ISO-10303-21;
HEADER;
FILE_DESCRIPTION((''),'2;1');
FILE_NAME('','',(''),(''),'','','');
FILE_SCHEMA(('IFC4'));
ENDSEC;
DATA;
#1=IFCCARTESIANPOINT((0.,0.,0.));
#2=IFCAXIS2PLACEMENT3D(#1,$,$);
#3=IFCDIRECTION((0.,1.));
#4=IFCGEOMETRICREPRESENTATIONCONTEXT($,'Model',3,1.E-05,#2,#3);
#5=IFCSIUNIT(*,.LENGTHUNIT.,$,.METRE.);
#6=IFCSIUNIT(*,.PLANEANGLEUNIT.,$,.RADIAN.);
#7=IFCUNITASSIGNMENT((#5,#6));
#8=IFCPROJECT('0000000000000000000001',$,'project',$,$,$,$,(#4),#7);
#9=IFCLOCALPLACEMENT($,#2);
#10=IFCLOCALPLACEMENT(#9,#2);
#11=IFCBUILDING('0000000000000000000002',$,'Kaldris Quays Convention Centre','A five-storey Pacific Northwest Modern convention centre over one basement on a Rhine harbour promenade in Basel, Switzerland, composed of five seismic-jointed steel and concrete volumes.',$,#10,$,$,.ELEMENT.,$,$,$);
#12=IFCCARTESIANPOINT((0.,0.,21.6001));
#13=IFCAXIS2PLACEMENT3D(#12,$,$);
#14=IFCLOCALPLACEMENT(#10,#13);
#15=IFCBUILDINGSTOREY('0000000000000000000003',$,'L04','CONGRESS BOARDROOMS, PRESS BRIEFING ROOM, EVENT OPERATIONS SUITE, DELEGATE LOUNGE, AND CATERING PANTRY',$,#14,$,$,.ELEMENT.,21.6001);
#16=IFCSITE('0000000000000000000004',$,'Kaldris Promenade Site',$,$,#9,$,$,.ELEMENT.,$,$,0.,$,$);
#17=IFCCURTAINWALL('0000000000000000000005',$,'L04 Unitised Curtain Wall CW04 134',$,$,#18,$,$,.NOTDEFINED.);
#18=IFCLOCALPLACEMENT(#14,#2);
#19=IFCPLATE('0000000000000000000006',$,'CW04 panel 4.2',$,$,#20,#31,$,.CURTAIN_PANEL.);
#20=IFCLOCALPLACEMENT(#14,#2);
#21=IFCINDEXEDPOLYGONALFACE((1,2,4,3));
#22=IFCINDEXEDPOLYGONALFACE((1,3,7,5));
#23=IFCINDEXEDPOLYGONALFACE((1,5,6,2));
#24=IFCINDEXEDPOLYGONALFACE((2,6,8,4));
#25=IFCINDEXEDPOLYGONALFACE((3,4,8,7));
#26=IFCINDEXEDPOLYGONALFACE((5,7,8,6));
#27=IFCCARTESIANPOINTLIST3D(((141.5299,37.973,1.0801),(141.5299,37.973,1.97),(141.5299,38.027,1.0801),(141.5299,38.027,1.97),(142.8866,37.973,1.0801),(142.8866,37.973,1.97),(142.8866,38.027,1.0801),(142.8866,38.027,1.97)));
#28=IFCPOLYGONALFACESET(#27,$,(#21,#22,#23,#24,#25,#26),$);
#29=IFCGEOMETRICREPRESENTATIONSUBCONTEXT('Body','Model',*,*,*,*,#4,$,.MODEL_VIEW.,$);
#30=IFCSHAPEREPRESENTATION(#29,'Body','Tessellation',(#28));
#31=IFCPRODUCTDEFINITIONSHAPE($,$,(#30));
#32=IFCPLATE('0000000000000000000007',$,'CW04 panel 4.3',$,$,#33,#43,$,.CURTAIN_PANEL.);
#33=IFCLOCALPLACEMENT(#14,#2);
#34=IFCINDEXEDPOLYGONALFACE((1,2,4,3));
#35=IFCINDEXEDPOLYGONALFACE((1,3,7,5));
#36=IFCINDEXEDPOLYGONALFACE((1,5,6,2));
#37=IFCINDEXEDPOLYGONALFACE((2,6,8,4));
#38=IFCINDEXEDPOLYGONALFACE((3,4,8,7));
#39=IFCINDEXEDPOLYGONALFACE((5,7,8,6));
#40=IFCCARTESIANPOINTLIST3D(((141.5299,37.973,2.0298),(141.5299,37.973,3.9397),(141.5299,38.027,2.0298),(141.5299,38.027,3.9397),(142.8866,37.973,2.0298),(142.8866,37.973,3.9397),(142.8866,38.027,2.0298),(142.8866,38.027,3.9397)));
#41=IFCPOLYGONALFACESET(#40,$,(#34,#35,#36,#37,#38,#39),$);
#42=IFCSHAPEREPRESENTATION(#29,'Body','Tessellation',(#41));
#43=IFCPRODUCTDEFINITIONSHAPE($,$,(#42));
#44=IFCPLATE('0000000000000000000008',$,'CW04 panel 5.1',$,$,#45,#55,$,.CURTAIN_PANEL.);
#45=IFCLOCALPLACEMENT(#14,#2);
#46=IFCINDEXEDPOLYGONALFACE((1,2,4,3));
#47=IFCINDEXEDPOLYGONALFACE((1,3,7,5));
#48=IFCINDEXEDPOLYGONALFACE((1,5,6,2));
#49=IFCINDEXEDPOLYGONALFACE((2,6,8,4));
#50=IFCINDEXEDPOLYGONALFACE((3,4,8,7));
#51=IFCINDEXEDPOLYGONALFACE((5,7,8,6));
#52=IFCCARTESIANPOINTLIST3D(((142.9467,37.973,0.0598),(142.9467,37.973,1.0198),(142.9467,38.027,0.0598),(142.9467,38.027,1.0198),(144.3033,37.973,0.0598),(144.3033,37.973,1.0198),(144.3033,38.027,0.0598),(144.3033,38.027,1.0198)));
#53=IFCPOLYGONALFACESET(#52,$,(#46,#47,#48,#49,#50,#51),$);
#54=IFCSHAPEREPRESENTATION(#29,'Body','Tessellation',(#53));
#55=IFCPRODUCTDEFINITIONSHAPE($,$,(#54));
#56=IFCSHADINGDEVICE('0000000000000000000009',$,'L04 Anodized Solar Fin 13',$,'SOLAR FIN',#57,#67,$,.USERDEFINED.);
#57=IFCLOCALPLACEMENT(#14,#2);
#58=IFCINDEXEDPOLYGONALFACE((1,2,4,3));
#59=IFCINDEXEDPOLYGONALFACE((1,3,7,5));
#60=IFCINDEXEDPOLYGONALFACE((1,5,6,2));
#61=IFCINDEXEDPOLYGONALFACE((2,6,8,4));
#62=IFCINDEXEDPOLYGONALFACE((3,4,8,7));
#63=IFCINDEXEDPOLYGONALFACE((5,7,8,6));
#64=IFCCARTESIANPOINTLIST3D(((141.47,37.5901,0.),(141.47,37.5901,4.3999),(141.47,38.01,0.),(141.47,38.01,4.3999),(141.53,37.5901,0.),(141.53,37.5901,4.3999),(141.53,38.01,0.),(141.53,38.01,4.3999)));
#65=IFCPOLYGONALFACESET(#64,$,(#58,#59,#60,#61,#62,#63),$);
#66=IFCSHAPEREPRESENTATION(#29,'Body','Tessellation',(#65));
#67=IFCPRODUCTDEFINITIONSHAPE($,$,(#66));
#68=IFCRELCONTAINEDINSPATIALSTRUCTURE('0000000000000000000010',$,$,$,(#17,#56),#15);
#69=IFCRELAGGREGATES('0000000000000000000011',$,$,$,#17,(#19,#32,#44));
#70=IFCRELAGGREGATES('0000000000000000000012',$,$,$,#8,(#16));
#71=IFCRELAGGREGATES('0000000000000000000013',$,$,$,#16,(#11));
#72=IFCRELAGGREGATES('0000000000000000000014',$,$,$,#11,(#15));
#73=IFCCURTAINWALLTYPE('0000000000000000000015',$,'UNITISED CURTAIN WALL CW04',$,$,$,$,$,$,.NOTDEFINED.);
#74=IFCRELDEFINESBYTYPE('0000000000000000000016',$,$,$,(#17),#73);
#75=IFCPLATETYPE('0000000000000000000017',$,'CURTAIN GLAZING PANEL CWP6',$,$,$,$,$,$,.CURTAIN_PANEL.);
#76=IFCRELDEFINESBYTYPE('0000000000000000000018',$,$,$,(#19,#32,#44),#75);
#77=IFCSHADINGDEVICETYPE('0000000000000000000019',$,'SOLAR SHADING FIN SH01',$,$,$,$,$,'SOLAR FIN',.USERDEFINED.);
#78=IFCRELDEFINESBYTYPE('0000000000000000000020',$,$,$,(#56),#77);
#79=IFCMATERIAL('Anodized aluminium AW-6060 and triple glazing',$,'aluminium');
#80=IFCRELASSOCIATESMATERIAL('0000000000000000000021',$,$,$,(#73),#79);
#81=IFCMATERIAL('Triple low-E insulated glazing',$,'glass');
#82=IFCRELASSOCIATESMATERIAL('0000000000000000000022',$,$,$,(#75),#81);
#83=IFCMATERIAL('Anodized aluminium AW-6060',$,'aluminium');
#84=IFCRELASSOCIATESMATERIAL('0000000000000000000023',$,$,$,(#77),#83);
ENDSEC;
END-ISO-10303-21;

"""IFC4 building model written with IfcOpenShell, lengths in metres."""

from ifc_helpers import new_model, si_unit, direction, frame, origin, origin_2d, place, context, subcontext, project, spatial, rectangle, extrude, material, type_object, element, aggregate, save


model = new_model("IFC4")

# Units and contexts
model_context = context("Model", 3, precision=1e-05, world=origin(), true_north=direction((0.0, 1.0)))
body_context = subcontext(model_context, "Body", "Model", "MODEL_VIEW")
ifc_project = project(units=[si_unit("LENGTHUNIT", "METRE"), si_unit("PLANEANGLEUNIT", "RADIAN")], contexts=[model_context])

# Site, building, storey
site_placement = place(None, origin())
site = spatial("IfcSite", under=ifc_project, at=site_placement, Name="Kaldris Promenade Site", CompositionType="ELEMENT", RefElevation=0.0)
building_placement = place(site_placement, origin())
building = spatial("IfcBuilding", under=site, at=building_placement, Name="Kaldris Quays Convention Centre", Description="A five-storey Pacific Northwest Modern convention centre over one basement on a Rhine harbour promenade in Basel, Switzerland, composed of five seismic-jointed steel and concrete volumes.", CompositionType="ELEMENT")
storey_placement = place(building_placement, frame((0.0, 0.0, 21.6001)))
storey = spatial("IfcBuildingStorey", under=building, at=storey_placement, Name="L04", Description="CONGRESS BOARDROOMS, PRESS BRIEFING ROOM, EVENT OPERATIONS SUITE, DELEGATE LOUNGE, AND CATERING PANTRY", CompositionType="ELEMENT", Elevation=21.6001)

# Curtain wall, plates
ifc_material_1 = material(Name="Anodized aluminium AW-6060 and triple glazing", Category="aluminium")
curtain_wall_type = type_object("IfcCurtainWallType", Name="UNITISED CURTAIN WALL CW04", PredefinedType="NOTDEFINED", material=ifc_material_1)
curtain_wall_placement = place(storey_placement, origin())
curtain_wall = element("IfcCurtainWall", 1, at=curtain_wall_placement, inside=storey, type_object=curtain_wall_type, Name="L04 Unitised Curtain Wall CW04 134", PredefinedType="NOTDEFINED")
ifc_material_2 = material(Name="Anodized aluminium AW-6060", Category="aluminium")
ifc_material_3 = material(Name="Triple low-E insulated glazing", Category="glass")
plate_type = type_object("IfcPlateType", Name="CURTAIN GLAZING PANEL CWP6", PredefinedType="CURTAIN_PANEL", material=ifc_material_3)
plate_1_placement = place(storey_placement, frame((142.2083, 38.0, 1.0801), z_axis=(0.0, 0.0, 1.0), x_axis=(1.0, 0.0, 0.0)))
plate_1 = element("IfcPlate", 2, at=plate_1_placement, type_object=plate_type, Name="CW04 panel 4.2", PredefinedType="CURTAIN_PANEL", context=body_context, shape_type="SweptSolid", body=[
    extrude(rectangle(XDim=1.3567, YDim=0.054, at=origin_2d()), origin(), (0.0, 0.0, 1.0), 0.8899),
])
plate_2_placement = place(storey_placement, frame((142.2083, 38.0, 2.0298), z_axis=(0.0, 0.0, 1.0), x_axis=(1.0, 0.0, 0.0)))
plate_2 = element("IfcPlate", 3, at=plate_2_placement, type_object=plate_type, Name="CW04 panel 4.3", PredefinedType="CURTAIN_PANEL", context=body_context, shape_type="SweptSolid", body=[
    extrude(rectangle(XDim=1.3567, YDim=0.054, at=origin_2d()), origin(), (0.0, 0.0, 1.0), 1.9099),
])
plate_3_placement = place(storey_placement, frame((143.625, 38.0, 0.0598), z_axis=(0.0, 0.0, 1.0), x_axis=(1.0, 0.0, 0.0)))
plate_3 = element("IfcPlate", 4, at=plate_3_placement, type_object=plate_type, Name="CW04 panel 5.1", PredefinedType="CURTAIN_PANEL", context=body_context, shape_type="SweptSolid", body=[
    extrude(rectangle(XDim=1.3567, YDim=0.054, at=origin_2d()), origin(), (0.0, 0.0, 1.0), 0.96),
])
aggregate(curtain_wall, [plate_1, plate_2, plate_3])

# Shading device
shading_device_type = type_object("IfcShadingDeviceType", Name="SOLAR SHADING FIN SH01", ElementType="SOLAR FIN", PredefinedType="USERDEFINED", material=ifc_material_2)
shading_device_placement = place(storey_placement, frame((141.5, 37.8, 0.0), z_axis=(0.0, 0.0, 1.0), x_axis=(1.0, 0.0, 0.0)))
element("IfcShadingDevice", 5, at=shading_device_placement, inside=storey, type_object=shading_device_type, Name="L04 Anodized Solar Fin 13", ObjectType="SOLAR FIN", PredefinedType="USERDEFINED", context=body_context, shape_type="SweptSolid", body=[
    extrude(rectangle(XDim=0.0601, YDim=0.4199, at=origin_2d()), origin(), (0.0, 0.0, 1.0), 4.3999),
])

save(model, "model.ifc")
